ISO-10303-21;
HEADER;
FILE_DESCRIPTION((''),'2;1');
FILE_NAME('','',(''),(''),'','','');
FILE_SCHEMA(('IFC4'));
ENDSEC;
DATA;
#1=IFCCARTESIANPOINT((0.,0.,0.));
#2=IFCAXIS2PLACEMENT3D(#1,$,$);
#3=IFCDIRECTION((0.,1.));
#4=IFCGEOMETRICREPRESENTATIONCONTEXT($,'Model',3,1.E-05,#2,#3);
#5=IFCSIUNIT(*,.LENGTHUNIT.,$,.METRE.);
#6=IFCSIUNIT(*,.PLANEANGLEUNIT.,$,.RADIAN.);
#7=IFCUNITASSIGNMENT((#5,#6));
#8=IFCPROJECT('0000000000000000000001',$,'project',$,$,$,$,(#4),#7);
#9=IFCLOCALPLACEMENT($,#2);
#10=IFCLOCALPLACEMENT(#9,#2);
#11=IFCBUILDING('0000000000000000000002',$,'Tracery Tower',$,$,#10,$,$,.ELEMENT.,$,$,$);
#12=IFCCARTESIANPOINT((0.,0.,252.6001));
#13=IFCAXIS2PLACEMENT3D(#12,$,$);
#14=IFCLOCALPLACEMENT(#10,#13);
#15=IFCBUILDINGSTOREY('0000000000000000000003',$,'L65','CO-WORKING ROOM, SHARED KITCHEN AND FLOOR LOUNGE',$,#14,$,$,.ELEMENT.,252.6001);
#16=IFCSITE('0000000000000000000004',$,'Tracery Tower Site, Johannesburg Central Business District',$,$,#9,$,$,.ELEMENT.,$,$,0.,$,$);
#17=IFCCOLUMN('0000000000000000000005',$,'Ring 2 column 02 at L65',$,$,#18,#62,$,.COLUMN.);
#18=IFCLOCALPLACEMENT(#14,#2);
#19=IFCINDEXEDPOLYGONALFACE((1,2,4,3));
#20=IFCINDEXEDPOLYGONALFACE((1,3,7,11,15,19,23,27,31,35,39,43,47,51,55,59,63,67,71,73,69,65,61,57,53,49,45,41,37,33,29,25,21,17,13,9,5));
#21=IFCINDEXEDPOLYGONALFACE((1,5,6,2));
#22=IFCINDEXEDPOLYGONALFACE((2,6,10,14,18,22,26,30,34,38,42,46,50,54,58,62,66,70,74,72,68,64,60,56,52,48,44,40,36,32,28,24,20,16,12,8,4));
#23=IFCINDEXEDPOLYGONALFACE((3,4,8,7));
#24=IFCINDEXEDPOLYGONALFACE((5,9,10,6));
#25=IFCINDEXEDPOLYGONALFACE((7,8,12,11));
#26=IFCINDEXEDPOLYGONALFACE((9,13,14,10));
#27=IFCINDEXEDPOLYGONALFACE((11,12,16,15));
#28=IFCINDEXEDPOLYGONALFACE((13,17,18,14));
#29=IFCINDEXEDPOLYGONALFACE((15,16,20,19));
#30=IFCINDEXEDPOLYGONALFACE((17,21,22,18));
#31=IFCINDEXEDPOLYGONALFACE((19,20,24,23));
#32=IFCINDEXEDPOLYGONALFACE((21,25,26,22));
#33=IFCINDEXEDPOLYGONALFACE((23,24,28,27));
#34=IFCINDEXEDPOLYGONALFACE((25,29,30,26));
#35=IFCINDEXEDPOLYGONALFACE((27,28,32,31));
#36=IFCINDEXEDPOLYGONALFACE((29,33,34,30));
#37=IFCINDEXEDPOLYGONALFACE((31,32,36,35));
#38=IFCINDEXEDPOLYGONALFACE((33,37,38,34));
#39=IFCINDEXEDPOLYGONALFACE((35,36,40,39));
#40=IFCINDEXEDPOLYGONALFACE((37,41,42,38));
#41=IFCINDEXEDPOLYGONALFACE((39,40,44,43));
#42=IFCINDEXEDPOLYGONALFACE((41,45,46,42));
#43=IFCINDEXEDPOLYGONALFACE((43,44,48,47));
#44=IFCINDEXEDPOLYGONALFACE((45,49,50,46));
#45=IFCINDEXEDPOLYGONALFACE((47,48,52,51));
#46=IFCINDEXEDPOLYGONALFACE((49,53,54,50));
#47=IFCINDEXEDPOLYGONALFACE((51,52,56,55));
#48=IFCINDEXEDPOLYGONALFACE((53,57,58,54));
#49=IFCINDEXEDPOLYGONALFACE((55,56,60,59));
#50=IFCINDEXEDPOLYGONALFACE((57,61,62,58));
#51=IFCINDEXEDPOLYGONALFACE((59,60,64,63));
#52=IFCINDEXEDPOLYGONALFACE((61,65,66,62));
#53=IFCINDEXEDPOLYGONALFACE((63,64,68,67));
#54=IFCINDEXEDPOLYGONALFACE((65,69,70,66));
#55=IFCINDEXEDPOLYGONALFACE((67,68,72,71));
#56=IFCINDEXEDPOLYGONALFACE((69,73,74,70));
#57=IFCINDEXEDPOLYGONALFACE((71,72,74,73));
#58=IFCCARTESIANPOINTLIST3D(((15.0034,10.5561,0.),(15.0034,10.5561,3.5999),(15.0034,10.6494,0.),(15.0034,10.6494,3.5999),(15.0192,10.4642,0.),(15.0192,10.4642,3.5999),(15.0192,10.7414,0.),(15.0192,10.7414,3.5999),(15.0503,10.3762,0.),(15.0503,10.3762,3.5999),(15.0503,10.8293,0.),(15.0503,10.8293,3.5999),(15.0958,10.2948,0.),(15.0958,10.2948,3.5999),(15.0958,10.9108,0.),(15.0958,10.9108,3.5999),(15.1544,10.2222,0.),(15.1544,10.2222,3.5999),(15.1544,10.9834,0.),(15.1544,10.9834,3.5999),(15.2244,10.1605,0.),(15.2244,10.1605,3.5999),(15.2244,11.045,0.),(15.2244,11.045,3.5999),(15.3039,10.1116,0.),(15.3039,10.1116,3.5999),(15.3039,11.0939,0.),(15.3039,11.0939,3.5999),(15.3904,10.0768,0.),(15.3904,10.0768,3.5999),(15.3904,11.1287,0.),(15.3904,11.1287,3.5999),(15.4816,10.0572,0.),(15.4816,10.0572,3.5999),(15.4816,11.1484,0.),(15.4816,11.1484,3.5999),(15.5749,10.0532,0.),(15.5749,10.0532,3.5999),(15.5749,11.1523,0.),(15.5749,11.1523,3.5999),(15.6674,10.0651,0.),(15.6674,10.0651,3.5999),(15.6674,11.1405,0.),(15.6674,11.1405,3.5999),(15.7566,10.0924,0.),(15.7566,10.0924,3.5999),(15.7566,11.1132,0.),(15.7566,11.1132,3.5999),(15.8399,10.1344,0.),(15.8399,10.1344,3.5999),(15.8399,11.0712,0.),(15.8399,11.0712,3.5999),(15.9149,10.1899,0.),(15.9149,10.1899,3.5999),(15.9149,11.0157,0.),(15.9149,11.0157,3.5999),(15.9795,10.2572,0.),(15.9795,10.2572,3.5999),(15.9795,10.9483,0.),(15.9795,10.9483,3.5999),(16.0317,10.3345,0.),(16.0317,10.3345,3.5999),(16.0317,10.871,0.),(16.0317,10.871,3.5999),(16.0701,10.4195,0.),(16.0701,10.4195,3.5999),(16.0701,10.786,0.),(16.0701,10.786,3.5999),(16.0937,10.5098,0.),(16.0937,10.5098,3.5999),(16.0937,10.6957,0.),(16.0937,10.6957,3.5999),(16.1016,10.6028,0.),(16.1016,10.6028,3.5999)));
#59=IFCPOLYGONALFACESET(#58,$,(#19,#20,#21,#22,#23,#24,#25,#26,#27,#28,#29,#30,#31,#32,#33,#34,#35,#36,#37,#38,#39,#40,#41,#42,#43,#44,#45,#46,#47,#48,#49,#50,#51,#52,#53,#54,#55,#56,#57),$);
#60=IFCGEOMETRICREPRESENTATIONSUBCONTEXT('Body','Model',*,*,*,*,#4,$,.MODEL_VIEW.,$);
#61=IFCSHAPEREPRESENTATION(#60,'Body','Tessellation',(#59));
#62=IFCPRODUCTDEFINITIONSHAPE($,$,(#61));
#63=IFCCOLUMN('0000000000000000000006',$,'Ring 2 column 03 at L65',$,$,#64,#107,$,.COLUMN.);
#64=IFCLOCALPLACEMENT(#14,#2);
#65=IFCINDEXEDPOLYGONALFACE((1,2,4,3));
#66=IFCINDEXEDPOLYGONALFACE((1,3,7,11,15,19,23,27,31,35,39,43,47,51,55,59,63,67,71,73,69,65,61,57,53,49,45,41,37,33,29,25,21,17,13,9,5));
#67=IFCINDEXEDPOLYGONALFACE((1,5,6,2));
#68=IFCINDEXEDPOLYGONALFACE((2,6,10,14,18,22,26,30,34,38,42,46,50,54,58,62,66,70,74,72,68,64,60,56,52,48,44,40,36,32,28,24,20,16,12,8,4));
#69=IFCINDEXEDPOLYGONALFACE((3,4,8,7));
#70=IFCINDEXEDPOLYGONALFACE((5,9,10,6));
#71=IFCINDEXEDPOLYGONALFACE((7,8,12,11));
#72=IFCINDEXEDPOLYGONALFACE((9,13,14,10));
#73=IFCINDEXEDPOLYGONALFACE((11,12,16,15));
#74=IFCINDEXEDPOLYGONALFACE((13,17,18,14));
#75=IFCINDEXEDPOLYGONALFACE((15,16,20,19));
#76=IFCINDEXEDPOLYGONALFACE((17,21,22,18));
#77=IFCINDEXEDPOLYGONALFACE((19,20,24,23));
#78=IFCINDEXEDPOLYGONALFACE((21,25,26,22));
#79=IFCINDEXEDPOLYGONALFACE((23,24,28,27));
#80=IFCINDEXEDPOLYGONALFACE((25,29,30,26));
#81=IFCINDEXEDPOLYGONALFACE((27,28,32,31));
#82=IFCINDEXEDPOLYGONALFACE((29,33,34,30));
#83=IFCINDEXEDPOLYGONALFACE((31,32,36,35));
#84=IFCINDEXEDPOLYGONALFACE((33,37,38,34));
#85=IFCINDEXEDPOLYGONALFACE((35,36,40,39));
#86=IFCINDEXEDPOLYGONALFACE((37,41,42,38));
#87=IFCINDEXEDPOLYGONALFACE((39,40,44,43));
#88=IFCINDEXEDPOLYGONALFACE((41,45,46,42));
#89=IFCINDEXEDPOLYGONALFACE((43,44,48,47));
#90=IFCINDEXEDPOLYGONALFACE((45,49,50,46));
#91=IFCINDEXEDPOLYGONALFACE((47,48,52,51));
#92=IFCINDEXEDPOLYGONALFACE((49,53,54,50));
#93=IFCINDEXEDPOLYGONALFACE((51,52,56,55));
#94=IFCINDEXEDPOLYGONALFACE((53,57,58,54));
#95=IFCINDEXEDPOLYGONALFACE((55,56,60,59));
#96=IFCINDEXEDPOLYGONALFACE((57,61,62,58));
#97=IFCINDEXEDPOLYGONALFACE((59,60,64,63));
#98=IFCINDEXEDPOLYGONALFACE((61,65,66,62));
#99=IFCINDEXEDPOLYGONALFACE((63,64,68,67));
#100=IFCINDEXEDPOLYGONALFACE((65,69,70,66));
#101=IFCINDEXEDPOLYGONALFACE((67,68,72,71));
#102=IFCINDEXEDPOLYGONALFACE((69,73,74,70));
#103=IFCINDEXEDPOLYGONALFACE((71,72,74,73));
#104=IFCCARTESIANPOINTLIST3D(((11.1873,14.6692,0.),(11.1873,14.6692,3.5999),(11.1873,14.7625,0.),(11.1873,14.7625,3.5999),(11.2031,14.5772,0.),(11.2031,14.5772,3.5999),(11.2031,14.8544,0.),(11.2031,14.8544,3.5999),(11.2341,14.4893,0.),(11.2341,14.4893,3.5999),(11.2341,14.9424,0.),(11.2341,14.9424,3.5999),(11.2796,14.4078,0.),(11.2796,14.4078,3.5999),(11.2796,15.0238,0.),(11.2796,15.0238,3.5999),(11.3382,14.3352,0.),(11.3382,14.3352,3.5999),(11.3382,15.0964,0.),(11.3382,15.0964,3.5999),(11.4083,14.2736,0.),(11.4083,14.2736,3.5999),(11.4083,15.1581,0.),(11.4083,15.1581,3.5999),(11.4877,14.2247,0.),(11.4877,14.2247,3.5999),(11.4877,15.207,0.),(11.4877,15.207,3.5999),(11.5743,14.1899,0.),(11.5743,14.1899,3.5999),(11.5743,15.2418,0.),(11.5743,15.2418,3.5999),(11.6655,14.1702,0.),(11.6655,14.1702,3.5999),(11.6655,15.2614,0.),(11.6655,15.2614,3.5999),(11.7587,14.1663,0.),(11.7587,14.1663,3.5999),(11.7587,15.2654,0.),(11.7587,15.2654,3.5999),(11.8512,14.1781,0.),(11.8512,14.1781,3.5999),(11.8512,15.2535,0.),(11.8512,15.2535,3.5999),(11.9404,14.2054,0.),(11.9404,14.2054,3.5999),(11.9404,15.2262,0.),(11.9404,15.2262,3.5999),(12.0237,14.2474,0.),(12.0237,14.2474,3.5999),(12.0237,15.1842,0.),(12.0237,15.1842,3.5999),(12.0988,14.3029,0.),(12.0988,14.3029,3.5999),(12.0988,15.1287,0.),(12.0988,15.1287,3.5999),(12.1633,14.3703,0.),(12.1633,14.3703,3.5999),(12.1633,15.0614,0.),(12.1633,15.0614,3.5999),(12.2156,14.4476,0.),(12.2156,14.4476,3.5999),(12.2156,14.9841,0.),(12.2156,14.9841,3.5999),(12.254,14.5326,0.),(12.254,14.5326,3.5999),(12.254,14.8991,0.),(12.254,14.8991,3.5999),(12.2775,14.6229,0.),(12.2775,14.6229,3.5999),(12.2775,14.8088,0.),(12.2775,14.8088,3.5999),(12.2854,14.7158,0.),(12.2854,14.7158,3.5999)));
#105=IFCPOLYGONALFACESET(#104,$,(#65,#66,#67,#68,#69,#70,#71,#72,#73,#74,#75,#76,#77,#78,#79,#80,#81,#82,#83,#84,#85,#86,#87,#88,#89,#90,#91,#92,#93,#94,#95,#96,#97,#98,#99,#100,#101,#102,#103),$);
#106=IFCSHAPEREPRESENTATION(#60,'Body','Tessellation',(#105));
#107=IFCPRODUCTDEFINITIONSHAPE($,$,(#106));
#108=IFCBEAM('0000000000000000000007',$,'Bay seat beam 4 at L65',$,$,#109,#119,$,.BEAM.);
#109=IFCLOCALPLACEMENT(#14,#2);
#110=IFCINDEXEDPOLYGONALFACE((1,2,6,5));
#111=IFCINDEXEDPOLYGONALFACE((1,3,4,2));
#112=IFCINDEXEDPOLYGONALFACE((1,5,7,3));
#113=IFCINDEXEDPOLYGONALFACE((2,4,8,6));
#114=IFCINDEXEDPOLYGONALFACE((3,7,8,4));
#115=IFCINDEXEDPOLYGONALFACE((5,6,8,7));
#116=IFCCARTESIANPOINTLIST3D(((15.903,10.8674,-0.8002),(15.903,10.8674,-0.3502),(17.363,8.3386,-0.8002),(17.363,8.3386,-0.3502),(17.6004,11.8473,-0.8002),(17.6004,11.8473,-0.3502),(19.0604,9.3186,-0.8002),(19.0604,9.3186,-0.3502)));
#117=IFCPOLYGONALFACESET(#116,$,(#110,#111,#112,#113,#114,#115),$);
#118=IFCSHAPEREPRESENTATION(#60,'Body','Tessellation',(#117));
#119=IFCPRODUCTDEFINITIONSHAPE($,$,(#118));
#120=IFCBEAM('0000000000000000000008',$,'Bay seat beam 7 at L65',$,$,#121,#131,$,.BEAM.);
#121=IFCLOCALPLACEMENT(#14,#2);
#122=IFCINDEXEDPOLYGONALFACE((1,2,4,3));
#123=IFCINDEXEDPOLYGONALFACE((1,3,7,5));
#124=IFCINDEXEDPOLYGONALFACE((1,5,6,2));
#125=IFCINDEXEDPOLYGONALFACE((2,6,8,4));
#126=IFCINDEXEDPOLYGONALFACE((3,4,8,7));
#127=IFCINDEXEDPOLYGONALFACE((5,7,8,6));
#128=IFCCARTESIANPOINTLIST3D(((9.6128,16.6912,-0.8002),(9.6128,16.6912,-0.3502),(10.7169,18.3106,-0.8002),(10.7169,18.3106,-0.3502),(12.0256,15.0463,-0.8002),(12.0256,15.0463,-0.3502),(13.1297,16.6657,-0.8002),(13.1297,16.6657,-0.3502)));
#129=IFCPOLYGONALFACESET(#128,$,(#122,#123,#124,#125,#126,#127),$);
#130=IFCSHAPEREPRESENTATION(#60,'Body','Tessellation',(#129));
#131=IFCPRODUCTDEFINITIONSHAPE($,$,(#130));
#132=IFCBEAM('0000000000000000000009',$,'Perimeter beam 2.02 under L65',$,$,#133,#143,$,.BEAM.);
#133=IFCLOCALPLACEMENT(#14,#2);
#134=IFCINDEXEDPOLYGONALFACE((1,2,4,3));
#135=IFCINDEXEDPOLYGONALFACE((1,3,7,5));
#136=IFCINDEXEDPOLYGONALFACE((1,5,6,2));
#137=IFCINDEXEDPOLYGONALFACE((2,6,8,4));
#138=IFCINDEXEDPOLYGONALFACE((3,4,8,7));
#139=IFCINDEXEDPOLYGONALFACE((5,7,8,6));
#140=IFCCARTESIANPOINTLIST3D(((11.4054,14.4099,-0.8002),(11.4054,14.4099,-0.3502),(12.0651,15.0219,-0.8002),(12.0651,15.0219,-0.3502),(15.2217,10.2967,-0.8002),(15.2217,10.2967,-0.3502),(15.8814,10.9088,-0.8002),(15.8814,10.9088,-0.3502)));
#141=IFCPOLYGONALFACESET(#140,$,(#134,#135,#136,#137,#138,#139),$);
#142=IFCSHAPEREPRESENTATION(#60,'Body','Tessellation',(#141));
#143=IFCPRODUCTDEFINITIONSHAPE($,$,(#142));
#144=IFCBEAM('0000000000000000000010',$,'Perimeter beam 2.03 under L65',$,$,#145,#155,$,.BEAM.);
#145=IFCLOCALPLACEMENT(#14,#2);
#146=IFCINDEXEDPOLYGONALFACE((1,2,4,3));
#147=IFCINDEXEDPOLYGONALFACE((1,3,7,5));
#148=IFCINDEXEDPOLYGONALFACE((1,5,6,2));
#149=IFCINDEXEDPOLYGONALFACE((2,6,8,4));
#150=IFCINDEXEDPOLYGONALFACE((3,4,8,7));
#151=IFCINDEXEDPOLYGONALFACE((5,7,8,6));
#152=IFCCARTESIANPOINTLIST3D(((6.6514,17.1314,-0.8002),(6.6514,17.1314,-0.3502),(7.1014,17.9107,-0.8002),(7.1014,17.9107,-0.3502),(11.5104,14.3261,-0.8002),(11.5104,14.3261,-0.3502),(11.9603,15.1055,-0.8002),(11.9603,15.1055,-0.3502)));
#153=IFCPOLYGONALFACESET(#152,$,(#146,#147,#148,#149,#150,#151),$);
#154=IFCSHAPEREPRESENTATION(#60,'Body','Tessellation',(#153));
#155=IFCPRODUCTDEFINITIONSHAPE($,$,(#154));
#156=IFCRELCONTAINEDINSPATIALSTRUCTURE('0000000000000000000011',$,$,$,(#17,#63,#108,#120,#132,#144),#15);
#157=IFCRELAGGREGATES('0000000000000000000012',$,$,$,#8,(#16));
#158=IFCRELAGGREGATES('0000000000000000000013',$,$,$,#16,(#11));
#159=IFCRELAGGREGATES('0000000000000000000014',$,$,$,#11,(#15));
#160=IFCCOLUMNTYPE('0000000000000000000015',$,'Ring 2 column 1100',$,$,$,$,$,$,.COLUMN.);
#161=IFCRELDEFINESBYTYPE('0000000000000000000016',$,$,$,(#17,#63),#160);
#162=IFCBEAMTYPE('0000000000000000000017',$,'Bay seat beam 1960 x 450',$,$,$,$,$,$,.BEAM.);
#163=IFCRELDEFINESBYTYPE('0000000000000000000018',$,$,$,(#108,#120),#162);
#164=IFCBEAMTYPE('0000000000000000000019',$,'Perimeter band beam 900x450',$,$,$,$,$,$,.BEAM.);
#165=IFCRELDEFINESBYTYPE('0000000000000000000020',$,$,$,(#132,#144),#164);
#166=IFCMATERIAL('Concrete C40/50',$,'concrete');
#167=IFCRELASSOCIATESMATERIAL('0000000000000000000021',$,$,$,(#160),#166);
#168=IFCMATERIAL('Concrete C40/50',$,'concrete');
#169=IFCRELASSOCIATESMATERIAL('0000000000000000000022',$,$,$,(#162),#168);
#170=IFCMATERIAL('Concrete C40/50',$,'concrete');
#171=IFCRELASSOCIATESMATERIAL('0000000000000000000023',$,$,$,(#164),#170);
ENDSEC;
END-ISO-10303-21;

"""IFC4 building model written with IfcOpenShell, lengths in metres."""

from ifc_helpers import new_model, si_unit, direction, frame, origin, origin_2d, place, context, subcontext, project, spatial, rectangle, circle, extrude, material, material_profile, profile_set, type_object, element, save


model = new_model("IFC4")

# Units and contexts
model_context = context("Model", 3, precision=1e-05, world=origin(), true_north=direction((0.0, 1.0)))
body_context = subcontext(model_context, "Body", "Model", "MODEL_VIEW")
ifc_project = project(units=[si_unit("LENGTHUNIT", "METRE"), si_unit("PLANEANGLEUNIT", "RADIAN")], contexts=[model_context])

# Site, building, storey
site_placement = place(None, origin())
site = spatial("IfcSite", under=ifc_project, at=site_placement, Name="Tracery Tower Site, Johannesburg Central Business District", CompositionType="ELEMENT", RefElevation=0.0)
building_placement = place(site_placement, origin())
building = spatial("IfcBuilding", under=site, at=building_placement, Name="Tracery Tower", CompositionType="ELEMENT")
storey_placement = place(building_placement, frame((0.0, 0.0, 252.6001)))
storey = spatial("IfcBuildingStorey", under=building, at=storey_placement, Name="L65", Description="CO-WORKING ROOM, SHARED KITCHEN AND FLOOR LOUNGE", CompositionType="ELEMENT", Elevation=252.6001)

# Columns
ifc_material_1 = material(Name="Concrete C40/50", Category="concrete")
ifc_material_profile_1 = material_profile(ifc_material_1, circle(Radius=0.55, at=origin_2d()), Name="RC D1100")
ifc_profile_set_1 = profile_set([ifc_material_profile_1], Name="Concrete C40/50")
column_type = type_object("IfcColumnType", Name="Ring 2 column 1100", PredefinedType="COLUMN", material=ifc_profile_set_1)
for number, where, z_axis, x_axis, name in (
    (1, (15.5515, 10.6028, 0.0), (0.0, 0.0, 1.0), (1.0, 0.0, 0.0), "Ring 2 column 02 at L65"),
    (2, (11.7354, 14.7158, 0.0), (0.0, 0.0, 1.0), (1.0, 0.0, 0.0), "Ring 2 column 03 at L65"),
):
    element("IfcColumn", number, at=place(storey_placement, frame(where, z_axis=z_axis, x_axis=x_axis)), inside=storey, type_object=column_type, Name=name, PredefinedType="COLUMN", context=body_context, shape_type="SweptSolid", body=[
        extrude(circle(Radius=0.55, at=origin_2d()), origin(), (0.0, 0.0, 1.0), 3.5999),
    ])

# Beams
ifc_material_2 = material(Name="Concrete C40/50", Category="concrete")
ifc_material_profile_2 = material_profile(ifc_material_2, rectangle(XDim=1.96, YDim=0.45, at=origin_2d()), Name="RC 1960x450")
ifc_profile_set_2 = profile_set([ifc_material_profile_2], Name="Concrete C40/50")
beam_type_1 = type_object("IfcBeamType", Name="Bay seat beam 1960 x 450", PredefinedType="BEAM", material=ifc_profile_set_2)
beam_1_placement = place(storey_placement, frame((18.2117, 8.8286, -0.5752), z_axis=(-0.499988, 0.866032, 0.0), x_axis=(-0.866032, -0.499988, 0.0)))
element("IfcBeam", 3, at=beam_1_placement, inside=storey, type_object=beam_type_1, Name="Bay seat beam 4 at L65", PredefinedType="BEAM", context=body_context, shape_type="SweptSolid", body=[
    extrude(rectangle(XDim=1.96, YDim=0.45, at=origin_2d()), origin(), (0.0, 0.0, 1.0), 2.9199),
])
beam_2_placement = place(storey_placement, frame((12.5776, 15.856, -0.5752), z_axis=(-0.826243, 0.563313, 0.0), x_axis=(-0.563313, -0.826243, 0.0)))
element("IfcBeam", 4, at=beam_2_placement, inside=storey, type_object=beam_type_1, Name="Bay seat beam 7 at L65", PredefinedType="BEAM", context=body_context, shape_type="SweptSolid", body=[
    extrude(rectangle(XDim=1.96, YDim=0.45, at=origin_2d()), origin(), (0.0, 0.0, 1.0), 2.9202),
])
ifc_material_3 = material(Name="Concrete C40/50", Category="concrete")
ifc_material_profile_3 = material_profile(ifc_material_3, rectangle(XDim=0.8999, YDim=0.45, at=origin_2d()), Name="RC 900x450")
ifc_profile_set_3 = profile_set([ifc_material_profile_3], Name="Concrete C40/50")
beam_type_2 = type_object("IfcBeamType", Name="Perimeter band beam 900x450", PredefinedType="BEAM", material=ifc_profile_set_3)
beam_3_placement = place(storey_placement, frame((15.5515, 10.6028, -0.5752), z_axis=(-0.680156, 0.733068, 0.0), x_axis=(-0.733068, -0.680156, 0.0)))
element("IfcBeam", 5, at=beam_3_placement, inside=storey, type_object=beam_type_2, Name="Perimeter beam 2.02 under L65", PredefinedType="BEAM", context=body_context, shape_type="SweptSolid", body=[
    extrude(rectangle(XDim=0.8999, YDim=0.45, at=origin_2d()), origin(), (0.0, 0.0, 1.0), 5.6108),
])
beam_4_placement = place(storey_placement, frame((11.7354, 14.7158, -0.5752), z_axis=(-0.866033, 0.499986, 0.0), x_axis=(-0.499986, -0.866033, 0.0)))
element("IfcBeam", 6, at=beam_4_placement, inside=storey, type_object=beam_type_2, Name="Perimeter beam 2.03 under L65", PredefinedType="BEAM", context=body_context, shape_type="SweptSolid", body=[
    extrude(rectangle(XDim=0.8999, YDim=0.45, at=origin_2d()), origin(), (0.0, 0.0, 1.0), 5.6106),
])

save(model, "model.ifc")
